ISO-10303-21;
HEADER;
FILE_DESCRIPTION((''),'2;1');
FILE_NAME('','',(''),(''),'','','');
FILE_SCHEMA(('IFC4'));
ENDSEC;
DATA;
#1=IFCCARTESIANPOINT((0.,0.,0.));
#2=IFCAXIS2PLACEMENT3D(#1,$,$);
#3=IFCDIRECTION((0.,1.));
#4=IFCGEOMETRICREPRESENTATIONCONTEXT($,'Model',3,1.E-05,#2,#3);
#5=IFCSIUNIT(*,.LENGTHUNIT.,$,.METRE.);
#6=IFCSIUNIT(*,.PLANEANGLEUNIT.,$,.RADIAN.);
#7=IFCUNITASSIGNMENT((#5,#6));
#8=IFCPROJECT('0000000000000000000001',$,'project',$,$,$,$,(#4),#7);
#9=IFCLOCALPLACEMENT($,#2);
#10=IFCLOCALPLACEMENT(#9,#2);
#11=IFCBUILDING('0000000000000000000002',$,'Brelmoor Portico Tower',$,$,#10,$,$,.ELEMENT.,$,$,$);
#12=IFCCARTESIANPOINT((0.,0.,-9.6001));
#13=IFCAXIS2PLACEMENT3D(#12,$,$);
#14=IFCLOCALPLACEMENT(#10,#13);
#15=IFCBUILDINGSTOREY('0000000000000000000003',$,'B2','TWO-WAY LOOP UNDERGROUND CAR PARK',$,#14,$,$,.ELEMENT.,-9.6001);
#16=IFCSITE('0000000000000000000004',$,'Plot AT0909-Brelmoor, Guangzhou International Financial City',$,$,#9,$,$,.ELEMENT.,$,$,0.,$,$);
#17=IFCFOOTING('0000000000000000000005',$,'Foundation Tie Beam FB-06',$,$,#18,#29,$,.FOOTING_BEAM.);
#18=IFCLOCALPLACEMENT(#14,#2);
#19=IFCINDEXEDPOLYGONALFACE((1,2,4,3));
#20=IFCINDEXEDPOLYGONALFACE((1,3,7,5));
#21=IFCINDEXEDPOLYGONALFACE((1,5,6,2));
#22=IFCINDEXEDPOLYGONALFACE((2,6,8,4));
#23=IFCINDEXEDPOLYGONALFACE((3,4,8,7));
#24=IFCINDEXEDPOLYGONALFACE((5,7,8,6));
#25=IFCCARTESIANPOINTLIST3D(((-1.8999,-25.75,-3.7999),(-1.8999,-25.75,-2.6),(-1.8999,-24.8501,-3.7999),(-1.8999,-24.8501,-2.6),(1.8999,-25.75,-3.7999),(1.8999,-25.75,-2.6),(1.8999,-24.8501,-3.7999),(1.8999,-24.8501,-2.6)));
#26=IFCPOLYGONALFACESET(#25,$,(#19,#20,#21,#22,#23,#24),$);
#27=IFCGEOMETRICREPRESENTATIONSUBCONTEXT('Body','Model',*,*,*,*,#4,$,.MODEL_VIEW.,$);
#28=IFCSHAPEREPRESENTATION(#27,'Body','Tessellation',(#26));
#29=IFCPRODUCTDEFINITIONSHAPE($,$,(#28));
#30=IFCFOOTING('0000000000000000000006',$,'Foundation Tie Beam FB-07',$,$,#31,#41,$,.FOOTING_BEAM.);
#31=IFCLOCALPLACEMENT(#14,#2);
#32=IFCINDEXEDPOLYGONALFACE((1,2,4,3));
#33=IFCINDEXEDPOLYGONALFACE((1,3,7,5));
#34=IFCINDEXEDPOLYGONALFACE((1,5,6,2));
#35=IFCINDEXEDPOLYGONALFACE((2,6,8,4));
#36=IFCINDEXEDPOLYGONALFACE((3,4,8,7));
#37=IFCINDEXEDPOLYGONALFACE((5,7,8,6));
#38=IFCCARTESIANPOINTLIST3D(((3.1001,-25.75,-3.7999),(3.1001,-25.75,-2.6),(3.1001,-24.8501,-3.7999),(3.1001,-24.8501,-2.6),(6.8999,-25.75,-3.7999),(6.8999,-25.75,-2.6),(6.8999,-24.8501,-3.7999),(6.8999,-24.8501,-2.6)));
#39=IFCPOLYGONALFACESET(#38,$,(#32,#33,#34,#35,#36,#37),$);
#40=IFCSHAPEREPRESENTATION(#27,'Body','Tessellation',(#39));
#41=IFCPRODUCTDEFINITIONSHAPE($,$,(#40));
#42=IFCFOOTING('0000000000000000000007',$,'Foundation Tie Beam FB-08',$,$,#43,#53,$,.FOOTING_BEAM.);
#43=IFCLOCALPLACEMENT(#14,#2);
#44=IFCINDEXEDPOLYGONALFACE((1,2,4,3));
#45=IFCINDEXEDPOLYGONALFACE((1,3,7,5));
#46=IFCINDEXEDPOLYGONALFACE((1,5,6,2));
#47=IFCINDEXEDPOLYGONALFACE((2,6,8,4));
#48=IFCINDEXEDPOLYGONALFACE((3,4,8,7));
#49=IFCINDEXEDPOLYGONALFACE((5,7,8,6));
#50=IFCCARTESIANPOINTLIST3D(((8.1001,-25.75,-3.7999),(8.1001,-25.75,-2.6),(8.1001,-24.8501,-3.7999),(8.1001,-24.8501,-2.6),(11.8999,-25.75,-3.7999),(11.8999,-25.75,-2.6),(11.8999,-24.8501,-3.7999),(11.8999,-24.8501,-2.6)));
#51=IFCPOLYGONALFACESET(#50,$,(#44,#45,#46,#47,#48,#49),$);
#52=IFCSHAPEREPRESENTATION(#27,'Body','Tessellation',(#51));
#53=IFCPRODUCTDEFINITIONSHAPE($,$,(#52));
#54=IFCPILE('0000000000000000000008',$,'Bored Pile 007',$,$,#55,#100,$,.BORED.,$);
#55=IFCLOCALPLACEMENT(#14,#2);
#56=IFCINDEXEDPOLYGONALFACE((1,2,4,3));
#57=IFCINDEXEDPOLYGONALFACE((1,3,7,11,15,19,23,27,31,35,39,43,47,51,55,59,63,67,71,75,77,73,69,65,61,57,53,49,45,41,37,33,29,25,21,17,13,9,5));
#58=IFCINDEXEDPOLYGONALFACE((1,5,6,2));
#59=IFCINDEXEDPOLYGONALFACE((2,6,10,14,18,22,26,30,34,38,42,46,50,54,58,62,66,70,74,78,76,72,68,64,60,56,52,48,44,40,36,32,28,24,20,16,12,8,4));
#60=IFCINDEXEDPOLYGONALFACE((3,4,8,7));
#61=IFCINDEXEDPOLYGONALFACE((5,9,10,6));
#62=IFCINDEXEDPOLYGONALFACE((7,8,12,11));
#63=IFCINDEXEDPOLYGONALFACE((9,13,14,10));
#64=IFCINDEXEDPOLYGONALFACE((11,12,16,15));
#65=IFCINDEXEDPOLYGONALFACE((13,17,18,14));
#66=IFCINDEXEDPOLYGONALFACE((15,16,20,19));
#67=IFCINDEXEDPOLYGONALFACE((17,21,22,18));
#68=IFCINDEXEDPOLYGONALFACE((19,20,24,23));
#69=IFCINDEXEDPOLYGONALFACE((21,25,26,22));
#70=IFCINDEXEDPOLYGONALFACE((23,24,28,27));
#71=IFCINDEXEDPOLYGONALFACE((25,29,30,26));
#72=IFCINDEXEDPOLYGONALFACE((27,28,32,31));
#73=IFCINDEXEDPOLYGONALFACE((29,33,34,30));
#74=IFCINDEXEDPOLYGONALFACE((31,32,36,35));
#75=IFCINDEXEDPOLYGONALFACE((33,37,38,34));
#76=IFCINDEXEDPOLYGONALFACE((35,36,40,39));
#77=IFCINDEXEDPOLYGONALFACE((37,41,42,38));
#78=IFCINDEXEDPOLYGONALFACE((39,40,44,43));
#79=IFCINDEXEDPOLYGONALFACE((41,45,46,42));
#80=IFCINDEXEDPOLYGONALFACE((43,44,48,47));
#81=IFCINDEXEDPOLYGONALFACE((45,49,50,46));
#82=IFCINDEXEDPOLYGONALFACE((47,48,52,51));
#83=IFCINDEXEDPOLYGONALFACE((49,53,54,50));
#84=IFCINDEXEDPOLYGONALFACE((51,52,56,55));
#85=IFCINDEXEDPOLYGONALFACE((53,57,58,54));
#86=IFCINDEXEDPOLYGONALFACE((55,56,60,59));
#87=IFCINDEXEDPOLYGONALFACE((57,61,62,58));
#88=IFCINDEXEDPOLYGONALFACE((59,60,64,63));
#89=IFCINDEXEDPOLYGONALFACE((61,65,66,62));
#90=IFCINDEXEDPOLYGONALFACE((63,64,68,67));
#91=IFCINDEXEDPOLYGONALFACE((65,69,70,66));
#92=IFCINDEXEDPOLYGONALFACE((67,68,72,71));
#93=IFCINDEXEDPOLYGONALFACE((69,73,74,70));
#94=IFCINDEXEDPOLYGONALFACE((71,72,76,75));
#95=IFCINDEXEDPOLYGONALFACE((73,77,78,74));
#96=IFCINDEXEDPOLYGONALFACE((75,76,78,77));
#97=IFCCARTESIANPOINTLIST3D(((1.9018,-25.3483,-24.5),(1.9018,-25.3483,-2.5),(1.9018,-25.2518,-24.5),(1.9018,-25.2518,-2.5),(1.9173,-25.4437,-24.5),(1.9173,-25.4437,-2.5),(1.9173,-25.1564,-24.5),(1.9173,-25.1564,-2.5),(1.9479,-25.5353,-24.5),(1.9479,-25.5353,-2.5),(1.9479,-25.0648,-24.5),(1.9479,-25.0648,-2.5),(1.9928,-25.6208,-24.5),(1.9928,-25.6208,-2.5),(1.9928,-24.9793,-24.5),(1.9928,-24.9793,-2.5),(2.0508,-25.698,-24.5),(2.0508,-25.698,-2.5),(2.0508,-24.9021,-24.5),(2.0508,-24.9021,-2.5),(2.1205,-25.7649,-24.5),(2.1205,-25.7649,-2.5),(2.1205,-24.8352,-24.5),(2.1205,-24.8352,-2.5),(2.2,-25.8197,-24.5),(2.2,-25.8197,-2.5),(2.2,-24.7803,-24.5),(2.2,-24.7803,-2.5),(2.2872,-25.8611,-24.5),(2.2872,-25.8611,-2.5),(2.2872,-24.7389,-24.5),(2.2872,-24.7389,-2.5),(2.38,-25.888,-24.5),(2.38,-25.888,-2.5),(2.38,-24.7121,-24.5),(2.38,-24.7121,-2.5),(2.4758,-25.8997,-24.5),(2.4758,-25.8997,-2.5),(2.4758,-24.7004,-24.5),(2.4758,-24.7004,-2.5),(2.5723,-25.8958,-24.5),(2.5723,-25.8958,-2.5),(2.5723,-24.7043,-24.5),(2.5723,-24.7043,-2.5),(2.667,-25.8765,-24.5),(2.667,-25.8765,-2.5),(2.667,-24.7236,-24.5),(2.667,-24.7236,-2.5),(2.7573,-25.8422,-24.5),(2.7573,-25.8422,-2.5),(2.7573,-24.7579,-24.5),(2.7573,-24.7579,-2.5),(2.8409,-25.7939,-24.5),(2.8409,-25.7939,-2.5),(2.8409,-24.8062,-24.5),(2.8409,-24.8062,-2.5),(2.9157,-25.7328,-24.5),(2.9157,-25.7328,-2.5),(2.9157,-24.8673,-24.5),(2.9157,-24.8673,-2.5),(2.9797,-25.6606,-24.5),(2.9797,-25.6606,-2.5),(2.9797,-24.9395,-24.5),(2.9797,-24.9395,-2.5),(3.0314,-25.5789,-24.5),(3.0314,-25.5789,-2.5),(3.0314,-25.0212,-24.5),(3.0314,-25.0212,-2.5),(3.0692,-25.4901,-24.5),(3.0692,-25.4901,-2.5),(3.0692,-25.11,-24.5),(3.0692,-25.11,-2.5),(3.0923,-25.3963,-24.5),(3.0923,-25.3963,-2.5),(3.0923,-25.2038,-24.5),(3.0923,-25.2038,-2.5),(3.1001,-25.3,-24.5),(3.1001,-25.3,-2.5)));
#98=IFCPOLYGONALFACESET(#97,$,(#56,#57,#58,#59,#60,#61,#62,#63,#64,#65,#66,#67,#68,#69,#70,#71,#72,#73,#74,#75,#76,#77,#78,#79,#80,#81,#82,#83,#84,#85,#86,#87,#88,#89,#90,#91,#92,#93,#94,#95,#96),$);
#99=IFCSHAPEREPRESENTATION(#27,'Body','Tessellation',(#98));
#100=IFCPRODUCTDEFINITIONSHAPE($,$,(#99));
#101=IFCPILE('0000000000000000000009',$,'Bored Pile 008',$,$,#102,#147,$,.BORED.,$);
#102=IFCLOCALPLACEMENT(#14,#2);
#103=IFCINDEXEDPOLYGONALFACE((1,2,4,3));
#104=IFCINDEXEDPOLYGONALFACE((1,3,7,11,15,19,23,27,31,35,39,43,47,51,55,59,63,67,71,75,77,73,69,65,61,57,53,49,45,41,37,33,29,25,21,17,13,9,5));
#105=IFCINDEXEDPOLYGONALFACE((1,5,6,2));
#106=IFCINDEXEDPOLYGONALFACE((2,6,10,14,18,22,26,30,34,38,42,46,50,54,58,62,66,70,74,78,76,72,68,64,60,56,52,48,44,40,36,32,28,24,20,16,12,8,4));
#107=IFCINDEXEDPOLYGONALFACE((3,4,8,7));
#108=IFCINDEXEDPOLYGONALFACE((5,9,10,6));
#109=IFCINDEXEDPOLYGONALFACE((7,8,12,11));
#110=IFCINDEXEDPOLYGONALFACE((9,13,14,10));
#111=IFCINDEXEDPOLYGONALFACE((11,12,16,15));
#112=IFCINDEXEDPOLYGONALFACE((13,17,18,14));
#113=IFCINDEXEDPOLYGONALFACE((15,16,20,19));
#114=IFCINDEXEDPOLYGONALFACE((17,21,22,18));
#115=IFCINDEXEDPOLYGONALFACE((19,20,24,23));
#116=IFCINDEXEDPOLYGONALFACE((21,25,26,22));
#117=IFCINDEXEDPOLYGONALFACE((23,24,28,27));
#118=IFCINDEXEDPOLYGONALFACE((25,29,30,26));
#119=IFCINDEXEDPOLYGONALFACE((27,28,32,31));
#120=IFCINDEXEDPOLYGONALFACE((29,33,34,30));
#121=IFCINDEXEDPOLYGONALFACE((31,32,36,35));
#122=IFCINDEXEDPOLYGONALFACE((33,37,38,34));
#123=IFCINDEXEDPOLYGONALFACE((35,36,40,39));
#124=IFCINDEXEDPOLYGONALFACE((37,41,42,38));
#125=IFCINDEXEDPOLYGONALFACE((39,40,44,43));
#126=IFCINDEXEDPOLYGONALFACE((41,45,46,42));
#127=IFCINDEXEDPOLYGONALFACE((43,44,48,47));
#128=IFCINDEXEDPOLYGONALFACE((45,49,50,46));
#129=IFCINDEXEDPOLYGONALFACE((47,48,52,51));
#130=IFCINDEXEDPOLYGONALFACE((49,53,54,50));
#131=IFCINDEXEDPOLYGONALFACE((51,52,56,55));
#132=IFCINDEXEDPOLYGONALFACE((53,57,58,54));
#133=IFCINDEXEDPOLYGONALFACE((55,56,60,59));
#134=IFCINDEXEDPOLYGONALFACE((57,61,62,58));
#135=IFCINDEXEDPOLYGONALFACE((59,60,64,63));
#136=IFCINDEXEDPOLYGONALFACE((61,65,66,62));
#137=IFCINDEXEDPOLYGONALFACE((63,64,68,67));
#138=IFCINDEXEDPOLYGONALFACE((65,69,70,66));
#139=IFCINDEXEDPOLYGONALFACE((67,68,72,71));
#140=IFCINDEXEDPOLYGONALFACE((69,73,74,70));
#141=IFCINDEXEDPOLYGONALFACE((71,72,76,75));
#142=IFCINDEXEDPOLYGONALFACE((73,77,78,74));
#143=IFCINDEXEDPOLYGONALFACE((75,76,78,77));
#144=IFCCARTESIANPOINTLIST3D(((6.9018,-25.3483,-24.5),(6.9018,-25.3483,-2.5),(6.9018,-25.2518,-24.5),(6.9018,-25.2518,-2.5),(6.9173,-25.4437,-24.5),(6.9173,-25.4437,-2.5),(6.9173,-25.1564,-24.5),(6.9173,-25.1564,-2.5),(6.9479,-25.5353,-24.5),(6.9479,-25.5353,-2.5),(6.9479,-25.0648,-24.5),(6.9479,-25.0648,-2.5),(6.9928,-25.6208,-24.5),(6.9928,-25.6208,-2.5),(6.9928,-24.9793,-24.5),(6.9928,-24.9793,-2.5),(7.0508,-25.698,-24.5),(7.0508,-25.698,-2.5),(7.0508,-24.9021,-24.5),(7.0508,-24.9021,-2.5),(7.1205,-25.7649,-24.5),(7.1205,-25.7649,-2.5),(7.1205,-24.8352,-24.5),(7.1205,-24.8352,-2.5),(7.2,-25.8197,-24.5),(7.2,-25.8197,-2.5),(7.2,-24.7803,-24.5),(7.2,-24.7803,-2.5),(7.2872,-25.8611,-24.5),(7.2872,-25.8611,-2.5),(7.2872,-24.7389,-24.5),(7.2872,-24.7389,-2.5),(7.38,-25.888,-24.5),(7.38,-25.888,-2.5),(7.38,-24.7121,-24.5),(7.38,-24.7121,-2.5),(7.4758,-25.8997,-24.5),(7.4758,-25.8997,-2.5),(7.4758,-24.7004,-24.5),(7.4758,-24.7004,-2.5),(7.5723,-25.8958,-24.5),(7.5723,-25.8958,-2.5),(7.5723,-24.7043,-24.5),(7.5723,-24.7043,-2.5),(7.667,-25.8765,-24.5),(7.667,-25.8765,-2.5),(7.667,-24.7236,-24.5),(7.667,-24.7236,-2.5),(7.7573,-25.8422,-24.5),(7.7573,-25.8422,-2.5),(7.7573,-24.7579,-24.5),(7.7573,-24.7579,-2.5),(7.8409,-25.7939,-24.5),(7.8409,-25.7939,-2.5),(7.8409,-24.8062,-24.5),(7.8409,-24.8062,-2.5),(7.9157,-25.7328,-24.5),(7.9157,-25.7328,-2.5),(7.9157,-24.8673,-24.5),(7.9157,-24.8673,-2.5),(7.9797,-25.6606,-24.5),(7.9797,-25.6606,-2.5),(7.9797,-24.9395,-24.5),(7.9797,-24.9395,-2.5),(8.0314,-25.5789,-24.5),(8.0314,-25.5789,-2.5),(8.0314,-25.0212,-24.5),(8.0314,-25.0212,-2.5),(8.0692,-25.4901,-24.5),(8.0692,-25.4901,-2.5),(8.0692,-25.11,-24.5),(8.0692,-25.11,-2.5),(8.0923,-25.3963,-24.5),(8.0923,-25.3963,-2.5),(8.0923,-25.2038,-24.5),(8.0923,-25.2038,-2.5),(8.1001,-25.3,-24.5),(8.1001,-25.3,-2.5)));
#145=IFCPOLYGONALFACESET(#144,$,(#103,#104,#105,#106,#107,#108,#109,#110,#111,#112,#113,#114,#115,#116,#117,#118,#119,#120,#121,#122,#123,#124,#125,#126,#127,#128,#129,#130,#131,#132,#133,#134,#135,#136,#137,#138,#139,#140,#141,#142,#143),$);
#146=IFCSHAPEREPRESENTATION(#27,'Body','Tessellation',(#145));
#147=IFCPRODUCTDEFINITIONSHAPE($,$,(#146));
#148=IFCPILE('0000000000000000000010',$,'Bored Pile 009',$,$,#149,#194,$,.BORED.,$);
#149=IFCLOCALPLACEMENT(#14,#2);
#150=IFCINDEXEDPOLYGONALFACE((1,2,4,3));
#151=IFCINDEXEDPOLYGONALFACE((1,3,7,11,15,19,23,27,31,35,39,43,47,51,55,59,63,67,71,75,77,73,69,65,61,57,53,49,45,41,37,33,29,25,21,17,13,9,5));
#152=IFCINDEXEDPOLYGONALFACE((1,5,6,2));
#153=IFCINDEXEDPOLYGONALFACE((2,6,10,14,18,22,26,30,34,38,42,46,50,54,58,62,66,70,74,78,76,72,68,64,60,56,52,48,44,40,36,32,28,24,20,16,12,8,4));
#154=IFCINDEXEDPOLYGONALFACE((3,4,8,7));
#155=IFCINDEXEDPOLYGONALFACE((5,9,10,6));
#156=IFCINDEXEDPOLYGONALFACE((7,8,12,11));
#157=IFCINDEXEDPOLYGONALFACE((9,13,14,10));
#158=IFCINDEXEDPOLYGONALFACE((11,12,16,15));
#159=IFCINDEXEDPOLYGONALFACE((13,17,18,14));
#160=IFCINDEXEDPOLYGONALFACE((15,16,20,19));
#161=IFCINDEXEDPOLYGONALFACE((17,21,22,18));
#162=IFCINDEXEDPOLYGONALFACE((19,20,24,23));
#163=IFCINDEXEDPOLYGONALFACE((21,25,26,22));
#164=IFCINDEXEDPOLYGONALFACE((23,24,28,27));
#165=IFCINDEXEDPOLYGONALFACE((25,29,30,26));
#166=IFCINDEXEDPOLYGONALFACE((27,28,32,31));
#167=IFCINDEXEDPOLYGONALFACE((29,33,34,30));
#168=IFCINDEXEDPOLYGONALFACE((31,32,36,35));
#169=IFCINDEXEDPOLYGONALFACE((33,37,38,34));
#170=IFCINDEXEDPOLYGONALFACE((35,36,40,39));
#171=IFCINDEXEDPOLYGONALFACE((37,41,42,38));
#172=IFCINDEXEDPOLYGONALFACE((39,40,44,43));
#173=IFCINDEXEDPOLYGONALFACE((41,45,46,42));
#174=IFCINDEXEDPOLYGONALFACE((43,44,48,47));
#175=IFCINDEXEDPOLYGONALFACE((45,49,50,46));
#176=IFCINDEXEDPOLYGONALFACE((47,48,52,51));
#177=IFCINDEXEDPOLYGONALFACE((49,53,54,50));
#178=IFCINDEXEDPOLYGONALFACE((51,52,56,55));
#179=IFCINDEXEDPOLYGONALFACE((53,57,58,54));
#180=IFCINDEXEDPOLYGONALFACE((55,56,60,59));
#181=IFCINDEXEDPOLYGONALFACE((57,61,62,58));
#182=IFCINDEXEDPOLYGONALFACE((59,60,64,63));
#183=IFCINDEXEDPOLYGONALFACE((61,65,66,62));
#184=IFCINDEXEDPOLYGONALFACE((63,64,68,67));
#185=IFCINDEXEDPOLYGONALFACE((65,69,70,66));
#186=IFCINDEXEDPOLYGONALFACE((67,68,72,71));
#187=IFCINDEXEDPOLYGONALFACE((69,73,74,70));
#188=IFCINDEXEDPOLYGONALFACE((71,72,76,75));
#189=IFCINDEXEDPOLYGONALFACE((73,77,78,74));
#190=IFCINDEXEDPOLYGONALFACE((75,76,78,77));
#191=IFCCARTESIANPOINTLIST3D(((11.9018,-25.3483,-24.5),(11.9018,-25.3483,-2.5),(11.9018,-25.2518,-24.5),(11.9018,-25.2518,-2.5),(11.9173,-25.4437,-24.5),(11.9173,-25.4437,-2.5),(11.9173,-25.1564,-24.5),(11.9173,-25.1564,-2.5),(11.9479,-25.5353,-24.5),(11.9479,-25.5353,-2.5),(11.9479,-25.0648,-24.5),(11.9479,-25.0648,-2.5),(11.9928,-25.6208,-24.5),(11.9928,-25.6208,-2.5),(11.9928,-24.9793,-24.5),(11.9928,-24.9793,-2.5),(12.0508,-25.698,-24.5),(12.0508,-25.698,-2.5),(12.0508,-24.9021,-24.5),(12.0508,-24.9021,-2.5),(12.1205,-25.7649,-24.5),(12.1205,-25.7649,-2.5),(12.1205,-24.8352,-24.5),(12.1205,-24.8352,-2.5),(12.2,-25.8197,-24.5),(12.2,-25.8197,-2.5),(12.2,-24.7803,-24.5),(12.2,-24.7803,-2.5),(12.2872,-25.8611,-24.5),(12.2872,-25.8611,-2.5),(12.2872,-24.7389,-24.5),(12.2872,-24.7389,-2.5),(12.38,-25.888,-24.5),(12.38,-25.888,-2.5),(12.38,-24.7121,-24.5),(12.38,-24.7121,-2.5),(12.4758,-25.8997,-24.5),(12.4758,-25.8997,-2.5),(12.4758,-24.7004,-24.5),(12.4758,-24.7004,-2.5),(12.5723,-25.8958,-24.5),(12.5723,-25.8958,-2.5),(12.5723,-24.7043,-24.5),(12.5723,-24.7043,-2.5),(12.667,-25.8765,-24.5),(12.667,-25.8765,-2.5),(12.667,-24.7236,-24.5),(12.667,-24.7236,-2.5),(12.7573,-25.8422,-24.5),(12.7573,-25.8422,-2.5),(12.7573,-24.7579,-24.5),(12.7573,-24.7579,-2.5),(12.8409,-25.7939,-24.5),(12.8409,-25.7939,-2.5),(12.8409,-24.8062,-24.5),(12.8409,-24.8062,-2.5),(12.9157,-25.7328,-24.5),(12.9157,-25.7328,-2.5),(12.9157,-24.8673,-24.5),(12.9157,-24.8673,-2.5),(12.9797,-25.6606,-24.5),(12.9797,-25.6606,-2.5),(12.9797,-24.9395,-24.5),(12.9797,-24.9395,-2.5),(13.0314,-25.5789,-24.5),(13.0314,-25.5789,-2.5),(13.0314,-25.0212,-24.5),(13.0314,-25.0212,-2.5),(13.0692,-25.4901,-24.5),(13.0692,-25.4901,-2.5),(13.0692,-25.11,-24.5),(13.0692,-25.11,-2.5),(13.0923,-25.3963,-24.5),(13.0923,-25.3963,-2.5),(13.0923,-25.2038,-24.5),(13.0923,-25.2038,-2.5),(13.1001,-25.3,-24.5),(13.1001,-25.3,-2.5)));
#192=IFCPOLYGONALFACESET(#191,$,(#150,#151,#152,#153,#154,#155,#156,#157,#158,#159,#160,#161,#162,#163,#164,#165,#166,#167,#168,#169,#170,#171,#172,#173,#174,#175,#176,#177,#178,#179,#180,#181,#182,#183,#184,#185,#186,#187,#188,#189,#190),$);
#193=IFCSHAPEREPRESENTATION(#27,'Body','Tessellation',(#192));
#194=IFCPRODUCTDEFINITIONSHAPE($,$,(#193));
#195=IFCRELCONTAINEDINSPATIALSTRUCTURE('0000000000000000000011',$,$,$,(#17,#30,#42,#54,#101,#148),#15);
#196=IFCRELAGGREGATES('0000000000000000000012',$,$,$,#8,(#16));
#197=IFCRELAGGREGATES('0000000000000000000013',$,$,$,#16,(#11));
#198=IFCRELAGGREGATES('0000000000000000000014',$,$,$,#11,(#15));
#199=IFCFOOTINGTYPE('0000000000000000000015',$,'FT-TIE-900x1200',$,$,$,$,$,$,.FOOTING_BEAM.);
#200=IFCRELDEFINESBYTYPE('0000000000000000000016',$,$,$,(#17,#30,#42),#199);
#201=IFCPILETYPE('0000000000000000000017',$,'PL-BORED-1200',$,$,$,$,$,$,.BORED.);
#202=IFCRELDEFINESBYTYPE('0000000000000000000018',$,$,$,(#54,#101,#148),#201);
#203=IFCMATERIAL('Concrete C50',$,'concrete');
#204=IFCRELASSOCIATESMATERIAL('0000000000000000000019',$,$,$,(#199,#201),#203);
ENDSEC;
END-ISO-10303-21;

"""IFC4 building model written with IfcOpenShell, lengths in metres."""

from ifc_helpers import new_model, si_unit, direction, frame, origin, origin_2d, place, context, subcontext, project, spatial, rectangle, circle, extrude, material, material_profile, profile_set, type_object, element, save


model = new_model("IFC4")

# Units and contexts
model_context = context("Model", 3, precision=1e-05, world=origin(), true_north=direction((0.0, 1.0)))
body_context = subcontext(model_context, "Body", "Model", "MODEL_VIEW")
ifc_project = project(units=[si_unit("LENGTHUNIT", "METRE"), si_unit("PLANEANGLEUNIT", "RADIAN")], contexts=[model_context])

# Site, building, storey
site_placement = place(None, origin())
site = spatial("IfcSite", under=ifc_project, at=site_placement, Name="Plot AT0909-Brelmoor, Guangzhou International Financial City", CompositionType="ELEMENT", RefElevation=0.0)
building_placement = place(site_placement, origin())
building = spatial("IfcBuilding", under=site, at=building_placement, Name="Brelmoor Portico Tower", CompositionType="ELEMENT")
storey_placement = place(building_placement, frame((0.0, 0.0, -9.6001)))
storey = spatial("IfcBuildingStorey", under=building, at=storey_placement, Name="B2", Description="TWO-WAY LOOP UNDERGROUND CAR PARK", CompositionType="ELEMENT", Elevation=-9.6001)

# Footings
ifc_material_1 = material(Name="Concrete C50", Category="concrete")
ifc_material_profile_1 = material_profile(ifc_material_1, rectangle(XDim=0.8999, YDim=1.2, at=origin_2d()), Name="RC 900x1200")
ifc_profile_set_1 = profile_set([ifc_material_profile_1], Name="Concrete C50")
footing_type = type_object("IfcFootingType", Name="FT-TIE-900x1200", PredefinedType="FOOTING_BEAM", material=ifc_profile_set_1)
for number, where, z_axis, x_axis, name in (
    (1, (-1.8999, -25.3, -3.2), (1.0, 0.0, 0.0), (0.0, 1.0, 0.0), "Foundation Tie Beam FB-06"),
    (2, (3.1001, -25.3, -3.2), (1.0, 0.0, 0.0), (0.0, 1.0, 0.0), "Foundation Tie Beam FB-07"),
    (3, (8.1001, -25.3, -3.2), (1.0, 0.0, 0.0), (0.0, 1.0, 0.0), "Foundation Tie Beam FB-08"),
):
    element("IfcFooting", number, at=place(storey_placement, frame(where, z_axis=z_axis, x_axis=x_axis)), inside=storey, type_object=footing_type, Name=name, PredefinedType="FOOTING_BEAM", context=body_context, shape_type="SweptSolid", body=[
        extrude(rectangle(XDim=0.8999, YDim=1.2, at=origin_2d()), origin(), (0.0, 0.0, 1.0), 3.7998),
    ])

# Piles
ifc_material_profile_2 = material_profile(ifc_material_1, circle(Radius=0.6001, at=origin_2d()), Name="BORED PILE D1200")
ifc_profile_set_2 = profile_set([ifc_material_profile_2], Name="Concrete C50")
pile_type_1 = type_object("IfcPileType", Name="PL-BORED-1200", PredefinedType="BORED", material=ifc_profile_set_2)
for number, where, z_axis, x_axis, name in (
    (4, (2.5, -25.3, -2.5), (0.0, 0.0, -1.0), (1.0, 0.0, 0.0), "Bored Pile 007"),
    (5, (7.5, -25.3, -2.5), (0.0, 0.0, -1.0), (1.0, 0.0, 0.0), "Bored Pile 008"),
    (6, (12.5, -25.3, -2.5), (0.0, 0.0, -1.0), (1.0, 0.0, 0.0), "Bored Pile 009"),
):
    element("IfcPile", number, at=place(storey_placement, frame(where, z_axis=z_axis, x_axis=x_axis)), inside=storey, type_object=pile_type_1, Name=name, PredefinedType="BORED", context=body_context, shape_type="SweptSolid", body=[
        extrude(circle(Radius=0.6001, at=origin_2d()), origin(), (0.0, 0.0, 1.0), 22.0),
    ])

save(model, "model.ifc")
